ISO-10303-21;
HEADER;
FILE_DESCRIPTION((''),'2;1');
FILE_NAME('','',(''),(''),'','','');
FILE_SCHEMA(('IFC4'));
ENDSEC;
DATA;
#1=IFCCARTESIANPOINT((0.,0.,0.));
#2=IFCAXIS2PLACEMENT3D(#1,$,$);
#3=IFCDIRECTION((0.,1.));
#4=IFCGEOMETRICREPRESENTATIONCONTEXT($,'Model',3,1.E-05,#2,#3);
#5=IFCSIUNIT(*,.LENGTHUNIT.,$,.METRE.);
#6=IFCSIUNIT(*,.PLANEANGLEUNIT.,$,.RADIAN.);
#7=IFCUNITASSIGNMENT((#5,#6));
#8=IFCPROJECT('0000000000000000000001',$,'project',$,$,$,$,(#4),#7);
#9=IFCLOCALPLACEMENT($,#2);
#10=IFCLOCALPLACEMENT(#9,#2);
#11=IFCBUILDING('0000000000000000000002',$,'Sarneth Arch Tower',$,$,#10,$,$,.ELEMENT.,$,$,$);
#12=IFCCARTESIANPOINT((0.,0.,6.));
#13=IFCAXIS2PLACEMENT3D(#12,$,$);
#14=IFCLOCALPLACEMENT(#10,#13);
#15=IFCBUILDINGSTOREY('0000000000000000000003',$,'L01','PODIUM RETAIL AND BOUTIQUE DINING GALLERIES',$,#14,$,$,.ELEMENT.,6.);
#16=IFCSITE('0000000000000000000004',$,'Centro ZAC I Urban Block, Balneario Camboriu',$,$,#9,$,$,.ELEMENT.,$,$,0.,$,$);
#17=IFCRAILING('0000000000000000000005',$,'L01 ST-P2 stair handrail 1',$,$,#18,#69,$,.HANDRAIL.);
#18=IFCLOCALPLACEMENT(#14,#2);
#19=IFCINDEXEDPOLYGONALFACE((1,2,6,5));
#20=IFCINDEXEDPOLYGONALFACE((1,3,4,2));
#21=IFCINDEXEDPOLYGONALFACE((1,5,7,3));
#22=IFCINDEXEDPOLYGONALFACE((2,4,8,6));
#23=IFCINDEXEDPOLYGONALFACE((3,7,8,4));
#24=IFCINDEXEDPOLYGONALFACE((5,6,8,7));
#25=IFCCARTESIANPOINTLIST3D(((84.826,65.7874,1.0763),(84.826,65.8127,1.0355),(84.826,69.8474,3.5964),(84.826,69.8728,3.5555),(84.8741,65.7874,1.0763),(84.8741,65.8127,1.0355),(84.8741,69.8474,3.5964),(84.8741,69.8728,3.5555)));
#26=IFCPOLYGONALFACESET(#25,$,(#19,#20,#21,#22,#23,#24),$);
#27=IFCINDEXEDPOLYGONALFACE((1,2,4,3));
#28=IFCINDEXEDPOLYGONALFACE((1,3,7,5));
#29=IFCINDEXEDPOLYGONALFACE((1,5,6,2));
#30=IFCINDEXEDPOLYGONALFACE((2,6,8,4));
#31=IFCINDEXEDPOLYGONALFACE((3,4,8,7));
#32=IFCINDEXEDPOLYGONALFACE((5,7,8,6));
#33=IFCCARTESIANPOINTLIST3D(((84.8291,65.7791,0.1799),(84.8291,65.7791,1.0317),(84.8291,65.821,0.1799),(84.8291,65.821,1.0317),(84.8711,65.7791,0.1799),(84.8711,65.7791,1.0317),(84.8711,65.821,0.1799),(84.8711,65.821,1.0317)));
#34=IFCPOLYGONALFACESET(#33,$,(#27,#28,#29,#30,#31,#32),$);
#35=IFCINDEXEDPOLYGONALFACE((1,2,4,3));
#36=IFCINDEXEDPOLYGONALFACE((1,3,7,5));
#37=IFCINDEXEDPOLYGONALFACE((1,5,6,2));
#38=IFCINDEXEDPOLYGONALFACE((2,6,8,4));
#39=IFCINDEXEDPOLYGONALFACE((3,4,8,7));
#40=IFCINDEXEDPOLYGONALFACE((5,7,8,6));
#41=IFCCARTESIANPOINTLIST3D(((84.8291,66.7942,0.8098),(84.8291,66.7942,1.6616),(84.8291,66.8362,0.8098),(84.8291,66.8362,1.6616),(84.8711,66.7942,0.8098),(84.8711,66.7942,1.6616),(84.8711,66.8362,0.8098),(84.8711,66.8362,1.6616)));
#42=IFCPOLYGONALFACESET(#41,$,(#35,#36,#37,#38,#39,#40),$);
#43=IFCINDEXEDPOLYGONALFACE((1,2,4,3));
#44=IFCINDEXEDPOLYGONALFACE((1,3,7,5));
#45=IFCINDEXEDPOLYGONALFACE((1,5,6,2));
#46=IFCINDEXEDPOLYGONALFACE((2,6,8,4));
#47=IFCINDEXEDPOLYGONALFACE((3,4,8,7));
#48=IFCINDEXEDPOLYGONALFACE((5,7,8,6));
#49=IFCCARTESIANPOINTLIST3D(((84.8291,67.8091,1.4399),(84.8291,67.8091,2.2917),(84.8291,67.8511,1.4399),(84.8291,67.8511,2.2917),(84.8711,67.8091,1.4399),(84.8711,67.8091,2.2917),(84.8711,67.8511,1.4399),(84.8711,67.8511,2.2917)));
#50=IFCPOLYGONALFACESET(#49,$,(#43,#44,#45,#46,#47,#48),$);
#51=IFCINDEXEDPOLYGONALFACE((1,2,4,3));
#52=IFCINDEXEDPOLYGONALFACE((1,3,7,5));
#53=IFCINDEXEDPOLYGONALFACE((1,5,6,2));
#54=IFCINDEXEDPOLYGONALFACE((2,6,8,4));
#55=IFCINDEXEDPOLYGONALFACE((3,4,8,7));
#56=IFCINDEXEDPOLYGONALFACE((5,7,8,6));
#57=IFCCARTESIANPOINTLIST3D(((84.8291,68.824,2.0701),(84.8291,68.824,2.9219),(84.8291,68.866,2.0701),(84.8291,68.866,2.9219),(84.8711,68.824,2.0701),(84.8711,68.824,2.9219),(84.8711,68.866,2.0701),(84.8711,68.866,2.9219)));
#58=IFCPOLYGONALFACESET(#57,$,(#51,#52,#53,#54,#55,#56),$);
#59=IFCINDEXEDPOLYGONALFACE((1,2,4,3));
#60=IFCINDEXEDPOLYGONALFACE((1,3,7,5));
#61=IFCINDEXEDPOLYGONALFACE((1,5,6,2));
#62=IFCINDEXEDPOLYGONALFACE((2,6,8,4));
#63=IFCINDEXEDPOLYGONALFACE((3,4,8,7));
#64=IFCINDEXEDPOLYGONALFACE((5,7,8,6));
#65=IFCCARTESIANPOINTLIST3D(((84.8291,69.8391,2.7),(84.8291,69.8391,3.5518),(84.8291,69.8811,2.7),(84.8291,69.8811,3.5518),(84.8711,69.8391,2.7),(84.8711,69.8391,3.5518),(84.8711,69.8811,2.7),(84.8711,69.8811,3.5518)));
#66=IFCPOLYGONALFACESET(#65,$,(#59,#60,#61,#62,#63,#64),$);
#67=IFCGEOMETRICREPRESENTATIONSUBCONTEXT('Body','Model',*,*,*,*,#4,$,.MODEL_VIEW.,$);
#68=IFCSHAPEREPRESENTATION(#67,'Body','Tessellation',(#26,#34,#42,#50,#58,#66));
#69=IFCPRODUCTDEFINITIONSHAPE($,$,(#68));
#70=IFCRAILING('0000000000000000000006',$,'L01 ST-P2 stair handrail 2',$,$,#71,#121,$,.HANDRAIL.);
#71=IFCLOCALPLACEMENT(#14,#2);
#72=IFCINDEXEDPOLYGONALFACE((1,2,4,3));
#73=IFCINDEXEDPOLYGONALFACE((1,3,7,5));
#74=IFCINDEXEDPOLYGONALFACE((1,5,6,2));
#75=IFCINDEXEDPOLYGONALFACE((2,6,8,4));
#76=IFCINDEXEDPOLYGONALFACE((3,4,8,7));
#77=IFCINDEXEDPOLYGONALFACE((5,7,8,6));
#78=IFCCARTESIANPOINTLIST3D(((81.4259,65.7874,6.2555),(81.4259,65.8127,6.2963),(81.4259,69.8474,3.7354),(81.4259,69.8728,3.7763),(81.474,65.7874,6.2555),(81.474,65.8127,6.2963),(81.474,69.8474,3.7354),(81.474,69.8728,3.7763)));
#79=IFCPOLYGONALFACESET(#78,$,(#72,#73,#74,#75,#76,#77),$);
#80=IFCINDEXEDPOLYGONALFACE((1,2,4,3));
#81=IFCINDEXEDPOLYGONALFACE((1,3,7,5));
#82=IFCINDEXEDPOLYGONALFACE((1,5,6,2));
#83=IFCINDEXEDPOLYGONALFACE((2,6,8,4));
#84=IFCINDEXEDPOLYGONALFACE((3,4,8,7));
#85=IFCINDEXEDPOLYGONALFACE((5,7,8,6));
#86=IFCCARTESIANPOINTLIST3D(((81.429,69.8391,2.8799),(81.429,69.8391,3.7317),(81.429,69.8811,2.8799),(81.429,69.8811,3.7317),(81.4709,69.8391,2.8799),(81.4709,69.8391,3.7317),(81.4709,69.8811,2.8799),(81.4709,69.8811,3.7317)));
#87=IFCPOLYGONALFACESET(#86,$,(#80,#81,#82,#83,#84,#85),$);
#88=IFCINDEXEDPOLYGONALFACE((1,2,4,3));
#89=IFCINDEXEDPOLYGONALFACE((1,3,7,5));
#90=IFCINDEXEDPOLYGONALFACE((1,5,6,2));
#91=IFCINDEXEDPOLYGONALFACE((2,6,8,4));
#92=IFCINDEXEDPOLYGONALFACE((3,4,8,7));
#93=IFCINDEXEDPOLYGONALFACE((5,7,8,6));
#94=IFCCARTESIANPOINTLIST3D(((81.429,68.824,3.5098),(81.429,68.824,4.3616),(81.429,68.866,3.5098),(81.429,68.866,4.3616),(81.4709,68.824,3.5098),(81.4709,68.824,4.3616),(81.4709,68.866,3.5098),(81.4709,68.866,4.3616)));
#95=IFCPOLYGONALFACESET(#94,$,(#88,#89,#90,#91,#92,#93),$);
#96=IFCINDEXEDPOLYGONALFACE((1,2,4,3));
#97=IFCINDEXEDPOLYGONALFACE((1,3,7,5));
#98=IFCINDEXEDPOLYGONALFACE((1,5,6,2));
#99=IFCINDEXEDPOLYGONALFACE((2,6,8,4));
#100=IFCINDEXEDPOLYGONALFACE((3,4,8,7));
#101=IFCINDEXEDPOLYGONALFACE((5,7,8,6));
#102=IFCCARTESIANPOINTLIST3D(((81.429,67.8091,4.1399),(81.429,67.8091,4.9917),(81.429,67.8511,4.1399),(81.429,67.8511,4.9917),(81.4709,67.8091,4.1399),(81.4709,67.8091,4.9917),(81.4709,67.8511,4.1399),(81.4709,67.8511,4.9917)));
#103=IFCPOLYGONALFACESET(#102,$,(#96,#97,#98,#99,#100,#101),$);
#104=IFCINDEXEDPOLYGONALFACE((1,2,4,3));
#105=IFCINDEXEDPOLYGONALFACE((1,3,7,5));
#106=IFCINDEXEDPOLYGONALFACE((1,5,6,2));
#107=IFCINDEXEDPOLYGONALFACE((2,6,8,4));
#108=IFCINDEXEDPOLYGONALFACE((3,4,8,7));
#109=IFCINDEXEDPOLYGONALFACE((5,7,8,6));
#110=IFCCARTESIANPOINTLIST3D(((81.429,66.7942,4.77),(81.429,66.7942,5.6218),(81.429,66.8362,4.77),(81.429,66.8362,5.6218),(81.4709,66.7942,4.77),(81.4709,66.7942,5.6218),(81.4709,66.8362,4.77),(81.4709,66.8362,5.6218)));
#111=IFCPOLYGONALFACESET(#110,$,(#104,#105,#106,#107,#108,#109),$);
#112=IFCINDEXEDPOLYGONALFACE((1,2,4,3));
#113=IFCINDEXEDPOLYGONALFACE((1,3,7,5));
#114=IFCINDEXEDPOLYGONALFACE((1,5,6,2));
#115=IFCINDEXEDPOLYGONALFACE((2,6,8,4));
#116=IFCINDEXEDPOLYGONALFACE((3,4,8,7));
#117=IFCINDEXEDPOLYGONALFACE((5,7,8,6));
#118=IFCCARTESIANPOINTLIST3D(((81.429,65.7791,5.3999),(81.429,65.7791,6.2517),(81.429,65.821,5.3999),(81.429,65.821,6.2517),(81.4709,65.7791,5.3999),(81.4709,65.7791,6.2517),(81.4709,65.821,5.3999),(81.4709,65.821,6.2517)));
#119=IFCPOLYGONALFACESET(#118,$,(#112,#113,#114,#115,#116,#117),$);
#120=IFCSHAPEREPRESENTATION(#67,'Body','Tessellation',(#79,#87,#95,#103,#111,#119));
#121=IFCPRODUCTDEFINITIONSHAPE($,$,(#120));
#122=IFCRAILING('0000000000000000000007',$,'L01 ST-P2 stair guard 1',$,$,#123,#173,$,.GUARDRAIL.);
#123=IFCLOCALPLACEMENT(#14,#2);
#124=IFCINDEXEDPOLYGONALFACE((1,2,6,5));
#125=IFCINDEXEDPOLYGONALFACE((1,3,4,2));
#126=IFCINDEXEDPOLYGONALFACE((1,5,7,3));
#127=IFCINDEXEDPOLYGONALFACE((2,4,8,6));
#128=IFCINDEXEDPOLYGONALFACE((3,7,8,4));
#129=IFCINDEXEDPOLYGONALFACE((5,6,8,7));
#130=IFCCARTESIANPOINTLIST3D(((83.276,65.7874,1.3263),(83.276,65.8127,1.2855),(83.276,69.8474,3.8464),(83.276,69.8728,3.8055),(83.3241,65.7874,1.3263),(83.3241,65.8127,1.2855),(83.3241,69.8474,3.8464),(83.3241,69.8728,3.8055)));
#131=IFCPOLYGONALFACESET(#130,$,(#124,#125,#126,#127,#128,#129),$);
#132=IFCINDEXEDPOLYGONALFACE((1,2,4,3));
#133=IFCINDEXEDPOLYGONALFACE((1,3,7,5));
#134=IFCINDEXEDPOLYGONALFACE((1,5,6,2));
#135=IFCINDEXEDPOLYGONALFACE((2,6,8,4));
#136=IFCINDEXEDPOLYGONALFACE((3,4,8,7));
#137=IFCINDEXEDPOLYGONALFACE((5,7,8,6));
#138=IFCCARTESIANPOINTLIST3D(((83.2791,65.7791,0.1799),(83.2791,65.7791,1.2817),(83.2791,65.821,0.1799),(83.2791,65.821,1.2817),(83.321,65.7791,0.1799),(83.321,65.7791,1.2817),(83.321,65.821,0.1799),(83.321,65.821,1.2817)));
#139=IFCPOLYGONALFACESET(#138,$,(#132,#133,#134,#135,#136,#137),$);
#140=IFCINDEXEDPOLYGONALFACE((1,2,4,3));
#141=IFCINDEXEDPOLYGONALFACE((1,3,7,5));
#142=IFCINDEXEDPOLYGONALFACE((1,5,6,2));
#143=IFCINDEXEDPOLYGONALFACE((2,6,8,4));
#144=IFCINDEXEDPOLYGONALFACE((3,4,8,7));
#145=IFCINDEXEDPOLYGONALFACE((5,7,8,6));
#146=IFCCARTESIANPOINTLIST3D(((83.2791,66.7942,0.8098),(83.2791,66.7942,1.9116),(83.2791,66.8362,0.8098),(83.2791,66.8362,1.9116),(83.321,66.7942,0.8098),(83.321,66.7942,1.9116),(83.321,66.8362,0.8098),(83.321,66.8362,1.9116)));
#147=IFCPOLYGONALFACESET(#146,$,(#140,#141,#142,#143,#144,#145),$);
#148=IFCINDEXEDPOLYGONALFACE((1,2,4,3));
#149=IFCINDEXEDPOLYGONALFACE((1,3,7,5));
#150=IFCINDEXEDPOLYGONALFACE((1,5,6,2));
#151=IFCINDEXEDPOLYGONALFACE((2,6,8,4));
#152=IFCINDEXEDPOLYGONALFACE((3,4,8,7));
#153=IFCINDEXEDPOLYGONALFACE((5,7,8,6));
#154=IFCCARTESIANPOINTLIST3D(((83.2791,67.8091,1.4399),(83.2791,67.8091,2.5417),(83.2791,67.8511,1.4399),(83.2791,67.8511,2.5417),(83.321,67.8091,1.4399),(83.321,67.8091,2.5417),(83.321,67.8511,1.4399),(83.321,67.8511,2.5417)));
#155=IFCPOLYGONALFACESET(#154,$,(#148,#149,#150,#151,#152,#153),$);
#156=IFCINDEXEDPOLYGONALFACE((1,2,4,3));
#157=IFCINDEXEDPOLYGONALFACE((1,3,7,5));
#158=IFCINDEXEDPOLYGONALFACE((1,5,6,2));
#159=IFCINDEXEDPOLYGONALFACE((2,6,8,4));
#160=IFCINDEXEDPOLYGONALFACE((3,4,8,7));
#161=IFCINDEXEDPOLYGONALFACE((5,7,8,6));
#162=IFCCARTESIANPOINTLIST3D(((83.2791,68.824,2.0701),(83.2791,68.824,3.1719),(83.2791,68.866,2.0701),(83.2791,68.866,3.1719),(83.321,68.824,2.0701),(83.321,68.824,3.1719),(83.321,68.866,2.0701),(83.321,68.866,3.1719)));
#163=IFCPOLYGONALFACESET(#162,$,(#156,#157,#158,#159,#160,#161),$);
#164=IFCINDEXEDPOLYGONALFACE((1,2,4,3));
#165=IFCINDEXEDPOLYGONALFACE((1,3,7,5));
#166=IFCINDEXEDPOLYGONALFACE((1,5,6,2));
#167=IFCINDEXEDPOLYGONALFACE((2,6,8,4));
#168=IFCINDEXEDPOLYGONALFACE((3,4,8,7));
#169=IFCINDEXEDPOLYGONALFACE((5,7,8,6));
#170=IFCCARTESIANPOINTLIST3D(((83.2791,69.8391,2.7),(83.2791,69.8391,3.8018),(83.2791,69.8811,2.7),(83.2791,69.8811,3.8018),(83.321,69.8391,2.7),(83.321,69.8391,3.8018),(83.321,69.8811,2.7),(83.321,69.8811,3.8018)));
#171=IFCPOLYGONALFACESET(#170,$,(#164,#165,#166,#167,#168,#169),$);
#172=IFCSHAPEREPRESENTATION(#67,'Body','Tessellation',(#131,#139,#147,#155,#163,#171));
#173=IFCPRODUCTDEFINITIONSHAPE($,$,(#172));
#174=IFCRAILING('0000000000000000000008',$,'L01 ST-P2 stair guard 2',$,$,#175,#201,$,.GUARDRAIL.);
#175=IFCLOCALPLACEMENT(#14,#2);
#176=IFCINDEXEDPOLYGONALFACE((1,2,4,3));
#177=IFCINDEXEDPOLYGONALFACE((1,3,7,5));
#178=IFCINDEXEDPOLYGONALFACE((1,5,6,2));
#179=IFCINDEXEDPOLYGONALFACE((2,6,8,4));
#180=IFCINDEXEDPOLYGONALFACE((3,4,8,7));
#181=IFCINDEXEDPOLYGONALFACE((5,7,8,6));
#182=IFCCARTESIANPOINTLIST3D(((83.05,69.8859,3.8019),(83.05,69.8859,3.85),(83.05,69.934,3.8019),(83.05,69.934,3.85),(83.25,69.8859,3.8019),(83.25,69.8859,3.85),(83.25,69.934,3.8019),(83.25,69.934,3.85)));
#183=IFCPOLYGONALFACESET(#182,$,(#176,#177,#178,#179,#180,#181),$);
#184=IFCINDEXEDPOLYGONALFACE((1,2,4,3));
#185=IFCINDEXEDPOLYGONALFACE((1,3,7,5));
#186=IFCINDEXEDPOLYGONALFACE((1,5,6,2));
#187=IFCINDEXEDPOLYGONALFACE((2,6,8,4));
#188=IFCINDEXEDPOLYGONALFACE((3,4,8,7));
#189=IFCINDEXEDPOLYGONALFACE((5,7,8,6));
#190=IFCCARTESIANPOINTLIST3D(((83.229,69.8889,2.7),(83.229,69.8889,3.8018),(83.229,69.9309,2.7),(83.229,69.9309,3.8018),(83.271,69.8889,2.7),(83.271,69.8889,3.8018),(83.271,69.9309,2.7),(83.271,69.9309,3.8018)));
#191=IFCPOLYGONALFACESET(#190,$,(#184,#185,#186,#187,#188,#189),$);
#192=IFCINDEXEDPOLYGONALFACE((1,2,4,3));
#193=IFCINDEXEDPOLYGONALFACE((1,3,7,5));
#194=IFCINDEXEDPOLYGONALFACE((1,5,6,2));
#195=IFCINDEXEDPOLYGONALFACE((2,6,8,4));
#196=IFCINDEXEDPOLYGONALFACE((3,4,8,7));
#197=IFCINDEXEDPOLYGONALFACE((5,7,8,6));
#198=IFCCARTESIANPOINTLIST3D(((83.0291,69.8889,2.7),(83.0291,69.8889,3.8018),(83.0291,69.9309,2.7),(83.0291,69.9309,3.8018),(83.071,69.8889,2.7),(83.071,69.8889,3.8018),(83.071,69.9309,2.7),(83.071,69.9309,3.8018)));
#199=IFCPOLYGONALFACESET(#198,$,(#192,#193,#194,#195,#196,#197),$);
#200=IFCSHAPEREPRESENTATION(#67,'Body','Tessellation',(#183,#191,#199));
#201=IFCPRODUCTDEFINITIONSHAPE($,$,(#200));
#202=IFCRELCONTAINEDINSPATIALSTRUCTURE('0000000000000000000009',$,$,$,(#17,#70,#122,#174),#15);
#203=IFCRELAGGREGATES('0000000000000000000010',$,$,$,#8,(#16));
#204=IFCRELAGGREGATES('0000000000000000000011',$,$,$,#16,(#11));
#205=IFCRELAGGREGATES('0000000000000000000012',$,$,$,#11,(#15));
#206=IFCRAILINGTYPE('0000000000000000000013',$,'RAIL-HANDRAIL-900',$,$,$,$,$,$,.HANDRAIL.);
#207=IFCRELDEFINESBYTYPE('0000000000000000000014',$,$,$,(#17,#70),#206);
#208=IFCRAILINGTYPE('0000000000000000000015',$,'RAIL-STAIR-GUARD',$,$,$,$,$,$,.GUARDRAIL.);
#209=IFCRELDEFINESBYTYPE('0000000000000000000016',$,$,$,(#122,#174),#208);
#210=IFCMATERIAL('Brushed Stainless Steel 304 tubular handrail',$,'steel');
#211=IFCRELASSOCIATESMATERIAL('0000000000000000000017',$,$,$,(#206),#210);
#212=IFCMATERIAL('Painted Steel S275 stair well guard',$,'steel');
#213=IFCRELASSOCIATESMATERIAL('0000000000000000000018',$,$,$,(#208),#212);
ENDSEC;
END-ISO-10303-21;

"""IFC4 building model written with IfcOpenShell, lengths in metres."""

from ifc_helpers import new_model, si_unit, direction, frame, origin, origin_2d, place, context, subcontext, project, spatial, rectangle, extrude, material, type_object, element, save


model = new_model("IFC4")

# Units and contexts
model_context = context("Model", 3, precision=1e-05, world=origin(), true_north=direction((0.0, 1.0)))
body_context = subcontext(model_context, "Body", "Model", "MODEL_VIEW")
ifc_project = project(units=[si_unit("LENGTHUNIT", "METRE"), si_unit("PLANEANGLEUNIT", "RADIAN")], contexts=[model_context])

# Site, building, storey
site_placement = place(None, origin())
site = spatial("IfcSite", under=ifc_project, at=site_placement, Name="Centro ZAC I Urban Block, Balneario Camboriu", CompositionType="ELEMENT", RefElevation=0.0)
building_placement = place(site_placement, origin())
building = spatial("IfcBuilding", under=site, at=building_placement, Name="Sarneth Arch Tower", CompositionType="ELEMENT")
storey_placement = place(building_placement, frame((0.0, 0.0, 6.0)))
storey = spatial("IfcBuildingStorey", under=building, at=storey_placement, Name="L01", Description="PODIUM RETAIL AND BOUTIQUE DINING GALLERIES", CompositionType="ELEMENT", Elevation=6.0)

# Railings
ifc_material_1 = material(Name="Brushed Stainless Steel 304 tubular handrail", Category="steel")
railing_type_1 = type_object("IfcRailingType", Name="RAIL-HANDRAIL-900", PredefinedType="HANDRAIL", material=ifc_material_1)
railing_1_placement = place(storey_placement, frame((84.8501, 65.8, 0.1799)))
element("IfcRailing", 1, at=railing_1_placement, inside=storey, type_object=railing_type_1, Name="L01 ST-P2 stair handrail 1", PredefinedType="HANDRAIL", context=body_context, shape_type="SweptSolid", body=[
    extrude(rectangle(XDim=0.0481, YDim=0.0481, at=origin_2d()), frame((0.0, 0.0, 0.876), z_axis=(0.0, 0.849642, 0.52736), x_axis=(-1.0, 0.0, 0.0)), (0.0, 0.0, 1.0), 4.7786),
    extrude(rectangle(XDim=0.042, YDim=0.042, at=origin_2d()), origin(), (0.0, 0.0, 1.0), 0.8518),
    extrude(rectangle(XDim=0.042, YDim=0.042, at=origin_2d()), frame((0.0, 1.0151, 0.6299)), (0.0, 0.0, 1.0), 0.8518),
    extrude(rectangle(XDim=0.042, YDim=0.042, at=origin_2d()), frame((0.0, 2.03, 1.26)), (0.0, 0.0, 1.0), 0.8518),
    extrude(rectangle(XDim=0.042, YDim=0.042, at=origin_2d()), frame((0.0, 3.0449, 1.8901)), (0.0, 0.0, 1.0), 0.8518),
    extrude(rectangle(XDim=0.042, YDim=0.042, at=origin_2d()), frame((0.0, 4.0601, 2.52)), (0.0, 0.0, 1.0), 0.8518),
])
railing_2_placement = place(storey_placement, frame((81.45, 69.8601, 2.8799)))
element("IfcRailing", 2, at=railing_2_placement, inside=storey, type_object=railing_type_1, Name="L01 ST-P2 stair handrail 2", PredefinedType="HANDRAIL", context=body_context, shape_type="SweptSolid", body=[
    extrude(rectangle(XDim=0.0481, YDim=0.0481, at=origin_2d()), frame((0.0, 0.0, 0.876), z_axis=(0.0, -0.849642, 0.52736), x_axis=(1.0, 0.0, 0.0)), (0.0, 0.0, 1.0), 4.7786),
    extrude(rectangle(XDim=0.042, YDim=0.042, at=origin_2d()), origin(), (0.0, 0.0, 1.0), 0.8518),
    extrude(rectangle(XDim=0.042, YDim=0.042, at=origin_2d()), frame((0.0, -1.0151, 0.6299)), (0.0, 0.0, 1.0), 0.8518),
    extrude(rectangle(XDim=0.042, YDim=0.042, at=origin_2d()), frame((0.0, -2.03, 1.26)), (0.0, 0.0, 1.0), 0.8518),
    extrude(rectangle(XDim=0.042, YDim=0.042, at=origin_2d()), frame((0.0, -3.0449, 1.8901)), (0.0, 0.0, 1.0), 0.8518),
    extrude(rectangle(XDim=0.042, YDim=0.042, at=origin_2d()), frame((0.0, -4.0601, 2.52)), (0.0, 0.0, 1.0), 0.8518),
])
ifc_material_2 = material(Name="Painted Steel S275 stair well guard", Category="steel")
railing_type_2 = type_object("IfcRailingType", Name="RAIL-STAIR-GUARD", PredefinedType="GUARDRAIL", material=ifc_material_2)
railing_3_placement = place(storey_placement, frame((83.3, 65.8, 0.1799)))
element("IfcRailing", 3, at=railing_3_placement, inside=storey, type_object=railing_type_2, Name="L01 ST-P2 stair guard 1", PredefinedType="GUARDRAIL", context=body_context, shape_type="SweptSolid", body=[
    extrude(rectangle(XDim=0.0481, YDim=0.0481, at=origin_2d()), frame((0.0, 0.0, 1.126), z_axis=(0.0, 0.849642, 0.52736), x_axis=(-1.0, 0.0, 0.0)), (0.0, 0.0, 1.0), 4.7786),
    extrude(rectangle(XDim=0.042, YDim=0.042, at=origin_2d()), origin(), (0.0, 0.0, 1.0), 1.1018),
    extrude(rectangle(XDim=0.042, YDim=0.042, at=origin_2d()), frame((0.0, 1.0151, 0.6299)), (0.0, 0.0, 1.0), 1.1018),
    extrude(rectangle(XDim=0.042, YDim=0.042, at=origin_2d()), frame((0.0, 2.03, 1.26)), (0.0, 0.0, 1.0), 1.1018),
    extrude(rectangle(XDim=0.042, YDim=0.042, at=origin_2d()), frame((0.0, 3.0449, 1.8901)), (0.0, 0.0, 1.0), 1.1018),
    extrude(rectangle(XDim=0.042, YDim=0.042, at=origin_2d()), frame((0.0, 4.0601, 2.52)), (0.0, 0.0, 1.0), 1.1018),
])
railing_4_placement = place(storey_placement, frame((83.25, 69.9099, 2.7)))
element("IfcRailing", 4, at=railing_4_placement, inside=storey, type_object=railing_type_2, Name="L01 ST-P2 stair guard 2", PredefinedType="GUARDRAIL", context=body_context, shape_type="SweptSolid", body=[
    extrude(rectangle(XDim=0.0481, YDim=0.0481, at=origin_2d()), frame((0.0, 0.0, 1.126), z_axis=(-1.0, 0.0, 0.0), x_axis=(0.0, -1.0, 0.0)), (0.0, 0.0, 1.0), 0.2),
    extrude(rectangle(XDim=0.042, YDim=0.042, at=origin_2d()), origin(), (0.0, 0.0, 1.0), 1.1018),
    extrude(rectangle(XDim=0.042, YDim=0.042, at=origin_2d()), frame((-0.2, 0.0, 0.0)), (0.0, 0.0, 1.0), 1.1018),
])

save(model, "model.ifc")
